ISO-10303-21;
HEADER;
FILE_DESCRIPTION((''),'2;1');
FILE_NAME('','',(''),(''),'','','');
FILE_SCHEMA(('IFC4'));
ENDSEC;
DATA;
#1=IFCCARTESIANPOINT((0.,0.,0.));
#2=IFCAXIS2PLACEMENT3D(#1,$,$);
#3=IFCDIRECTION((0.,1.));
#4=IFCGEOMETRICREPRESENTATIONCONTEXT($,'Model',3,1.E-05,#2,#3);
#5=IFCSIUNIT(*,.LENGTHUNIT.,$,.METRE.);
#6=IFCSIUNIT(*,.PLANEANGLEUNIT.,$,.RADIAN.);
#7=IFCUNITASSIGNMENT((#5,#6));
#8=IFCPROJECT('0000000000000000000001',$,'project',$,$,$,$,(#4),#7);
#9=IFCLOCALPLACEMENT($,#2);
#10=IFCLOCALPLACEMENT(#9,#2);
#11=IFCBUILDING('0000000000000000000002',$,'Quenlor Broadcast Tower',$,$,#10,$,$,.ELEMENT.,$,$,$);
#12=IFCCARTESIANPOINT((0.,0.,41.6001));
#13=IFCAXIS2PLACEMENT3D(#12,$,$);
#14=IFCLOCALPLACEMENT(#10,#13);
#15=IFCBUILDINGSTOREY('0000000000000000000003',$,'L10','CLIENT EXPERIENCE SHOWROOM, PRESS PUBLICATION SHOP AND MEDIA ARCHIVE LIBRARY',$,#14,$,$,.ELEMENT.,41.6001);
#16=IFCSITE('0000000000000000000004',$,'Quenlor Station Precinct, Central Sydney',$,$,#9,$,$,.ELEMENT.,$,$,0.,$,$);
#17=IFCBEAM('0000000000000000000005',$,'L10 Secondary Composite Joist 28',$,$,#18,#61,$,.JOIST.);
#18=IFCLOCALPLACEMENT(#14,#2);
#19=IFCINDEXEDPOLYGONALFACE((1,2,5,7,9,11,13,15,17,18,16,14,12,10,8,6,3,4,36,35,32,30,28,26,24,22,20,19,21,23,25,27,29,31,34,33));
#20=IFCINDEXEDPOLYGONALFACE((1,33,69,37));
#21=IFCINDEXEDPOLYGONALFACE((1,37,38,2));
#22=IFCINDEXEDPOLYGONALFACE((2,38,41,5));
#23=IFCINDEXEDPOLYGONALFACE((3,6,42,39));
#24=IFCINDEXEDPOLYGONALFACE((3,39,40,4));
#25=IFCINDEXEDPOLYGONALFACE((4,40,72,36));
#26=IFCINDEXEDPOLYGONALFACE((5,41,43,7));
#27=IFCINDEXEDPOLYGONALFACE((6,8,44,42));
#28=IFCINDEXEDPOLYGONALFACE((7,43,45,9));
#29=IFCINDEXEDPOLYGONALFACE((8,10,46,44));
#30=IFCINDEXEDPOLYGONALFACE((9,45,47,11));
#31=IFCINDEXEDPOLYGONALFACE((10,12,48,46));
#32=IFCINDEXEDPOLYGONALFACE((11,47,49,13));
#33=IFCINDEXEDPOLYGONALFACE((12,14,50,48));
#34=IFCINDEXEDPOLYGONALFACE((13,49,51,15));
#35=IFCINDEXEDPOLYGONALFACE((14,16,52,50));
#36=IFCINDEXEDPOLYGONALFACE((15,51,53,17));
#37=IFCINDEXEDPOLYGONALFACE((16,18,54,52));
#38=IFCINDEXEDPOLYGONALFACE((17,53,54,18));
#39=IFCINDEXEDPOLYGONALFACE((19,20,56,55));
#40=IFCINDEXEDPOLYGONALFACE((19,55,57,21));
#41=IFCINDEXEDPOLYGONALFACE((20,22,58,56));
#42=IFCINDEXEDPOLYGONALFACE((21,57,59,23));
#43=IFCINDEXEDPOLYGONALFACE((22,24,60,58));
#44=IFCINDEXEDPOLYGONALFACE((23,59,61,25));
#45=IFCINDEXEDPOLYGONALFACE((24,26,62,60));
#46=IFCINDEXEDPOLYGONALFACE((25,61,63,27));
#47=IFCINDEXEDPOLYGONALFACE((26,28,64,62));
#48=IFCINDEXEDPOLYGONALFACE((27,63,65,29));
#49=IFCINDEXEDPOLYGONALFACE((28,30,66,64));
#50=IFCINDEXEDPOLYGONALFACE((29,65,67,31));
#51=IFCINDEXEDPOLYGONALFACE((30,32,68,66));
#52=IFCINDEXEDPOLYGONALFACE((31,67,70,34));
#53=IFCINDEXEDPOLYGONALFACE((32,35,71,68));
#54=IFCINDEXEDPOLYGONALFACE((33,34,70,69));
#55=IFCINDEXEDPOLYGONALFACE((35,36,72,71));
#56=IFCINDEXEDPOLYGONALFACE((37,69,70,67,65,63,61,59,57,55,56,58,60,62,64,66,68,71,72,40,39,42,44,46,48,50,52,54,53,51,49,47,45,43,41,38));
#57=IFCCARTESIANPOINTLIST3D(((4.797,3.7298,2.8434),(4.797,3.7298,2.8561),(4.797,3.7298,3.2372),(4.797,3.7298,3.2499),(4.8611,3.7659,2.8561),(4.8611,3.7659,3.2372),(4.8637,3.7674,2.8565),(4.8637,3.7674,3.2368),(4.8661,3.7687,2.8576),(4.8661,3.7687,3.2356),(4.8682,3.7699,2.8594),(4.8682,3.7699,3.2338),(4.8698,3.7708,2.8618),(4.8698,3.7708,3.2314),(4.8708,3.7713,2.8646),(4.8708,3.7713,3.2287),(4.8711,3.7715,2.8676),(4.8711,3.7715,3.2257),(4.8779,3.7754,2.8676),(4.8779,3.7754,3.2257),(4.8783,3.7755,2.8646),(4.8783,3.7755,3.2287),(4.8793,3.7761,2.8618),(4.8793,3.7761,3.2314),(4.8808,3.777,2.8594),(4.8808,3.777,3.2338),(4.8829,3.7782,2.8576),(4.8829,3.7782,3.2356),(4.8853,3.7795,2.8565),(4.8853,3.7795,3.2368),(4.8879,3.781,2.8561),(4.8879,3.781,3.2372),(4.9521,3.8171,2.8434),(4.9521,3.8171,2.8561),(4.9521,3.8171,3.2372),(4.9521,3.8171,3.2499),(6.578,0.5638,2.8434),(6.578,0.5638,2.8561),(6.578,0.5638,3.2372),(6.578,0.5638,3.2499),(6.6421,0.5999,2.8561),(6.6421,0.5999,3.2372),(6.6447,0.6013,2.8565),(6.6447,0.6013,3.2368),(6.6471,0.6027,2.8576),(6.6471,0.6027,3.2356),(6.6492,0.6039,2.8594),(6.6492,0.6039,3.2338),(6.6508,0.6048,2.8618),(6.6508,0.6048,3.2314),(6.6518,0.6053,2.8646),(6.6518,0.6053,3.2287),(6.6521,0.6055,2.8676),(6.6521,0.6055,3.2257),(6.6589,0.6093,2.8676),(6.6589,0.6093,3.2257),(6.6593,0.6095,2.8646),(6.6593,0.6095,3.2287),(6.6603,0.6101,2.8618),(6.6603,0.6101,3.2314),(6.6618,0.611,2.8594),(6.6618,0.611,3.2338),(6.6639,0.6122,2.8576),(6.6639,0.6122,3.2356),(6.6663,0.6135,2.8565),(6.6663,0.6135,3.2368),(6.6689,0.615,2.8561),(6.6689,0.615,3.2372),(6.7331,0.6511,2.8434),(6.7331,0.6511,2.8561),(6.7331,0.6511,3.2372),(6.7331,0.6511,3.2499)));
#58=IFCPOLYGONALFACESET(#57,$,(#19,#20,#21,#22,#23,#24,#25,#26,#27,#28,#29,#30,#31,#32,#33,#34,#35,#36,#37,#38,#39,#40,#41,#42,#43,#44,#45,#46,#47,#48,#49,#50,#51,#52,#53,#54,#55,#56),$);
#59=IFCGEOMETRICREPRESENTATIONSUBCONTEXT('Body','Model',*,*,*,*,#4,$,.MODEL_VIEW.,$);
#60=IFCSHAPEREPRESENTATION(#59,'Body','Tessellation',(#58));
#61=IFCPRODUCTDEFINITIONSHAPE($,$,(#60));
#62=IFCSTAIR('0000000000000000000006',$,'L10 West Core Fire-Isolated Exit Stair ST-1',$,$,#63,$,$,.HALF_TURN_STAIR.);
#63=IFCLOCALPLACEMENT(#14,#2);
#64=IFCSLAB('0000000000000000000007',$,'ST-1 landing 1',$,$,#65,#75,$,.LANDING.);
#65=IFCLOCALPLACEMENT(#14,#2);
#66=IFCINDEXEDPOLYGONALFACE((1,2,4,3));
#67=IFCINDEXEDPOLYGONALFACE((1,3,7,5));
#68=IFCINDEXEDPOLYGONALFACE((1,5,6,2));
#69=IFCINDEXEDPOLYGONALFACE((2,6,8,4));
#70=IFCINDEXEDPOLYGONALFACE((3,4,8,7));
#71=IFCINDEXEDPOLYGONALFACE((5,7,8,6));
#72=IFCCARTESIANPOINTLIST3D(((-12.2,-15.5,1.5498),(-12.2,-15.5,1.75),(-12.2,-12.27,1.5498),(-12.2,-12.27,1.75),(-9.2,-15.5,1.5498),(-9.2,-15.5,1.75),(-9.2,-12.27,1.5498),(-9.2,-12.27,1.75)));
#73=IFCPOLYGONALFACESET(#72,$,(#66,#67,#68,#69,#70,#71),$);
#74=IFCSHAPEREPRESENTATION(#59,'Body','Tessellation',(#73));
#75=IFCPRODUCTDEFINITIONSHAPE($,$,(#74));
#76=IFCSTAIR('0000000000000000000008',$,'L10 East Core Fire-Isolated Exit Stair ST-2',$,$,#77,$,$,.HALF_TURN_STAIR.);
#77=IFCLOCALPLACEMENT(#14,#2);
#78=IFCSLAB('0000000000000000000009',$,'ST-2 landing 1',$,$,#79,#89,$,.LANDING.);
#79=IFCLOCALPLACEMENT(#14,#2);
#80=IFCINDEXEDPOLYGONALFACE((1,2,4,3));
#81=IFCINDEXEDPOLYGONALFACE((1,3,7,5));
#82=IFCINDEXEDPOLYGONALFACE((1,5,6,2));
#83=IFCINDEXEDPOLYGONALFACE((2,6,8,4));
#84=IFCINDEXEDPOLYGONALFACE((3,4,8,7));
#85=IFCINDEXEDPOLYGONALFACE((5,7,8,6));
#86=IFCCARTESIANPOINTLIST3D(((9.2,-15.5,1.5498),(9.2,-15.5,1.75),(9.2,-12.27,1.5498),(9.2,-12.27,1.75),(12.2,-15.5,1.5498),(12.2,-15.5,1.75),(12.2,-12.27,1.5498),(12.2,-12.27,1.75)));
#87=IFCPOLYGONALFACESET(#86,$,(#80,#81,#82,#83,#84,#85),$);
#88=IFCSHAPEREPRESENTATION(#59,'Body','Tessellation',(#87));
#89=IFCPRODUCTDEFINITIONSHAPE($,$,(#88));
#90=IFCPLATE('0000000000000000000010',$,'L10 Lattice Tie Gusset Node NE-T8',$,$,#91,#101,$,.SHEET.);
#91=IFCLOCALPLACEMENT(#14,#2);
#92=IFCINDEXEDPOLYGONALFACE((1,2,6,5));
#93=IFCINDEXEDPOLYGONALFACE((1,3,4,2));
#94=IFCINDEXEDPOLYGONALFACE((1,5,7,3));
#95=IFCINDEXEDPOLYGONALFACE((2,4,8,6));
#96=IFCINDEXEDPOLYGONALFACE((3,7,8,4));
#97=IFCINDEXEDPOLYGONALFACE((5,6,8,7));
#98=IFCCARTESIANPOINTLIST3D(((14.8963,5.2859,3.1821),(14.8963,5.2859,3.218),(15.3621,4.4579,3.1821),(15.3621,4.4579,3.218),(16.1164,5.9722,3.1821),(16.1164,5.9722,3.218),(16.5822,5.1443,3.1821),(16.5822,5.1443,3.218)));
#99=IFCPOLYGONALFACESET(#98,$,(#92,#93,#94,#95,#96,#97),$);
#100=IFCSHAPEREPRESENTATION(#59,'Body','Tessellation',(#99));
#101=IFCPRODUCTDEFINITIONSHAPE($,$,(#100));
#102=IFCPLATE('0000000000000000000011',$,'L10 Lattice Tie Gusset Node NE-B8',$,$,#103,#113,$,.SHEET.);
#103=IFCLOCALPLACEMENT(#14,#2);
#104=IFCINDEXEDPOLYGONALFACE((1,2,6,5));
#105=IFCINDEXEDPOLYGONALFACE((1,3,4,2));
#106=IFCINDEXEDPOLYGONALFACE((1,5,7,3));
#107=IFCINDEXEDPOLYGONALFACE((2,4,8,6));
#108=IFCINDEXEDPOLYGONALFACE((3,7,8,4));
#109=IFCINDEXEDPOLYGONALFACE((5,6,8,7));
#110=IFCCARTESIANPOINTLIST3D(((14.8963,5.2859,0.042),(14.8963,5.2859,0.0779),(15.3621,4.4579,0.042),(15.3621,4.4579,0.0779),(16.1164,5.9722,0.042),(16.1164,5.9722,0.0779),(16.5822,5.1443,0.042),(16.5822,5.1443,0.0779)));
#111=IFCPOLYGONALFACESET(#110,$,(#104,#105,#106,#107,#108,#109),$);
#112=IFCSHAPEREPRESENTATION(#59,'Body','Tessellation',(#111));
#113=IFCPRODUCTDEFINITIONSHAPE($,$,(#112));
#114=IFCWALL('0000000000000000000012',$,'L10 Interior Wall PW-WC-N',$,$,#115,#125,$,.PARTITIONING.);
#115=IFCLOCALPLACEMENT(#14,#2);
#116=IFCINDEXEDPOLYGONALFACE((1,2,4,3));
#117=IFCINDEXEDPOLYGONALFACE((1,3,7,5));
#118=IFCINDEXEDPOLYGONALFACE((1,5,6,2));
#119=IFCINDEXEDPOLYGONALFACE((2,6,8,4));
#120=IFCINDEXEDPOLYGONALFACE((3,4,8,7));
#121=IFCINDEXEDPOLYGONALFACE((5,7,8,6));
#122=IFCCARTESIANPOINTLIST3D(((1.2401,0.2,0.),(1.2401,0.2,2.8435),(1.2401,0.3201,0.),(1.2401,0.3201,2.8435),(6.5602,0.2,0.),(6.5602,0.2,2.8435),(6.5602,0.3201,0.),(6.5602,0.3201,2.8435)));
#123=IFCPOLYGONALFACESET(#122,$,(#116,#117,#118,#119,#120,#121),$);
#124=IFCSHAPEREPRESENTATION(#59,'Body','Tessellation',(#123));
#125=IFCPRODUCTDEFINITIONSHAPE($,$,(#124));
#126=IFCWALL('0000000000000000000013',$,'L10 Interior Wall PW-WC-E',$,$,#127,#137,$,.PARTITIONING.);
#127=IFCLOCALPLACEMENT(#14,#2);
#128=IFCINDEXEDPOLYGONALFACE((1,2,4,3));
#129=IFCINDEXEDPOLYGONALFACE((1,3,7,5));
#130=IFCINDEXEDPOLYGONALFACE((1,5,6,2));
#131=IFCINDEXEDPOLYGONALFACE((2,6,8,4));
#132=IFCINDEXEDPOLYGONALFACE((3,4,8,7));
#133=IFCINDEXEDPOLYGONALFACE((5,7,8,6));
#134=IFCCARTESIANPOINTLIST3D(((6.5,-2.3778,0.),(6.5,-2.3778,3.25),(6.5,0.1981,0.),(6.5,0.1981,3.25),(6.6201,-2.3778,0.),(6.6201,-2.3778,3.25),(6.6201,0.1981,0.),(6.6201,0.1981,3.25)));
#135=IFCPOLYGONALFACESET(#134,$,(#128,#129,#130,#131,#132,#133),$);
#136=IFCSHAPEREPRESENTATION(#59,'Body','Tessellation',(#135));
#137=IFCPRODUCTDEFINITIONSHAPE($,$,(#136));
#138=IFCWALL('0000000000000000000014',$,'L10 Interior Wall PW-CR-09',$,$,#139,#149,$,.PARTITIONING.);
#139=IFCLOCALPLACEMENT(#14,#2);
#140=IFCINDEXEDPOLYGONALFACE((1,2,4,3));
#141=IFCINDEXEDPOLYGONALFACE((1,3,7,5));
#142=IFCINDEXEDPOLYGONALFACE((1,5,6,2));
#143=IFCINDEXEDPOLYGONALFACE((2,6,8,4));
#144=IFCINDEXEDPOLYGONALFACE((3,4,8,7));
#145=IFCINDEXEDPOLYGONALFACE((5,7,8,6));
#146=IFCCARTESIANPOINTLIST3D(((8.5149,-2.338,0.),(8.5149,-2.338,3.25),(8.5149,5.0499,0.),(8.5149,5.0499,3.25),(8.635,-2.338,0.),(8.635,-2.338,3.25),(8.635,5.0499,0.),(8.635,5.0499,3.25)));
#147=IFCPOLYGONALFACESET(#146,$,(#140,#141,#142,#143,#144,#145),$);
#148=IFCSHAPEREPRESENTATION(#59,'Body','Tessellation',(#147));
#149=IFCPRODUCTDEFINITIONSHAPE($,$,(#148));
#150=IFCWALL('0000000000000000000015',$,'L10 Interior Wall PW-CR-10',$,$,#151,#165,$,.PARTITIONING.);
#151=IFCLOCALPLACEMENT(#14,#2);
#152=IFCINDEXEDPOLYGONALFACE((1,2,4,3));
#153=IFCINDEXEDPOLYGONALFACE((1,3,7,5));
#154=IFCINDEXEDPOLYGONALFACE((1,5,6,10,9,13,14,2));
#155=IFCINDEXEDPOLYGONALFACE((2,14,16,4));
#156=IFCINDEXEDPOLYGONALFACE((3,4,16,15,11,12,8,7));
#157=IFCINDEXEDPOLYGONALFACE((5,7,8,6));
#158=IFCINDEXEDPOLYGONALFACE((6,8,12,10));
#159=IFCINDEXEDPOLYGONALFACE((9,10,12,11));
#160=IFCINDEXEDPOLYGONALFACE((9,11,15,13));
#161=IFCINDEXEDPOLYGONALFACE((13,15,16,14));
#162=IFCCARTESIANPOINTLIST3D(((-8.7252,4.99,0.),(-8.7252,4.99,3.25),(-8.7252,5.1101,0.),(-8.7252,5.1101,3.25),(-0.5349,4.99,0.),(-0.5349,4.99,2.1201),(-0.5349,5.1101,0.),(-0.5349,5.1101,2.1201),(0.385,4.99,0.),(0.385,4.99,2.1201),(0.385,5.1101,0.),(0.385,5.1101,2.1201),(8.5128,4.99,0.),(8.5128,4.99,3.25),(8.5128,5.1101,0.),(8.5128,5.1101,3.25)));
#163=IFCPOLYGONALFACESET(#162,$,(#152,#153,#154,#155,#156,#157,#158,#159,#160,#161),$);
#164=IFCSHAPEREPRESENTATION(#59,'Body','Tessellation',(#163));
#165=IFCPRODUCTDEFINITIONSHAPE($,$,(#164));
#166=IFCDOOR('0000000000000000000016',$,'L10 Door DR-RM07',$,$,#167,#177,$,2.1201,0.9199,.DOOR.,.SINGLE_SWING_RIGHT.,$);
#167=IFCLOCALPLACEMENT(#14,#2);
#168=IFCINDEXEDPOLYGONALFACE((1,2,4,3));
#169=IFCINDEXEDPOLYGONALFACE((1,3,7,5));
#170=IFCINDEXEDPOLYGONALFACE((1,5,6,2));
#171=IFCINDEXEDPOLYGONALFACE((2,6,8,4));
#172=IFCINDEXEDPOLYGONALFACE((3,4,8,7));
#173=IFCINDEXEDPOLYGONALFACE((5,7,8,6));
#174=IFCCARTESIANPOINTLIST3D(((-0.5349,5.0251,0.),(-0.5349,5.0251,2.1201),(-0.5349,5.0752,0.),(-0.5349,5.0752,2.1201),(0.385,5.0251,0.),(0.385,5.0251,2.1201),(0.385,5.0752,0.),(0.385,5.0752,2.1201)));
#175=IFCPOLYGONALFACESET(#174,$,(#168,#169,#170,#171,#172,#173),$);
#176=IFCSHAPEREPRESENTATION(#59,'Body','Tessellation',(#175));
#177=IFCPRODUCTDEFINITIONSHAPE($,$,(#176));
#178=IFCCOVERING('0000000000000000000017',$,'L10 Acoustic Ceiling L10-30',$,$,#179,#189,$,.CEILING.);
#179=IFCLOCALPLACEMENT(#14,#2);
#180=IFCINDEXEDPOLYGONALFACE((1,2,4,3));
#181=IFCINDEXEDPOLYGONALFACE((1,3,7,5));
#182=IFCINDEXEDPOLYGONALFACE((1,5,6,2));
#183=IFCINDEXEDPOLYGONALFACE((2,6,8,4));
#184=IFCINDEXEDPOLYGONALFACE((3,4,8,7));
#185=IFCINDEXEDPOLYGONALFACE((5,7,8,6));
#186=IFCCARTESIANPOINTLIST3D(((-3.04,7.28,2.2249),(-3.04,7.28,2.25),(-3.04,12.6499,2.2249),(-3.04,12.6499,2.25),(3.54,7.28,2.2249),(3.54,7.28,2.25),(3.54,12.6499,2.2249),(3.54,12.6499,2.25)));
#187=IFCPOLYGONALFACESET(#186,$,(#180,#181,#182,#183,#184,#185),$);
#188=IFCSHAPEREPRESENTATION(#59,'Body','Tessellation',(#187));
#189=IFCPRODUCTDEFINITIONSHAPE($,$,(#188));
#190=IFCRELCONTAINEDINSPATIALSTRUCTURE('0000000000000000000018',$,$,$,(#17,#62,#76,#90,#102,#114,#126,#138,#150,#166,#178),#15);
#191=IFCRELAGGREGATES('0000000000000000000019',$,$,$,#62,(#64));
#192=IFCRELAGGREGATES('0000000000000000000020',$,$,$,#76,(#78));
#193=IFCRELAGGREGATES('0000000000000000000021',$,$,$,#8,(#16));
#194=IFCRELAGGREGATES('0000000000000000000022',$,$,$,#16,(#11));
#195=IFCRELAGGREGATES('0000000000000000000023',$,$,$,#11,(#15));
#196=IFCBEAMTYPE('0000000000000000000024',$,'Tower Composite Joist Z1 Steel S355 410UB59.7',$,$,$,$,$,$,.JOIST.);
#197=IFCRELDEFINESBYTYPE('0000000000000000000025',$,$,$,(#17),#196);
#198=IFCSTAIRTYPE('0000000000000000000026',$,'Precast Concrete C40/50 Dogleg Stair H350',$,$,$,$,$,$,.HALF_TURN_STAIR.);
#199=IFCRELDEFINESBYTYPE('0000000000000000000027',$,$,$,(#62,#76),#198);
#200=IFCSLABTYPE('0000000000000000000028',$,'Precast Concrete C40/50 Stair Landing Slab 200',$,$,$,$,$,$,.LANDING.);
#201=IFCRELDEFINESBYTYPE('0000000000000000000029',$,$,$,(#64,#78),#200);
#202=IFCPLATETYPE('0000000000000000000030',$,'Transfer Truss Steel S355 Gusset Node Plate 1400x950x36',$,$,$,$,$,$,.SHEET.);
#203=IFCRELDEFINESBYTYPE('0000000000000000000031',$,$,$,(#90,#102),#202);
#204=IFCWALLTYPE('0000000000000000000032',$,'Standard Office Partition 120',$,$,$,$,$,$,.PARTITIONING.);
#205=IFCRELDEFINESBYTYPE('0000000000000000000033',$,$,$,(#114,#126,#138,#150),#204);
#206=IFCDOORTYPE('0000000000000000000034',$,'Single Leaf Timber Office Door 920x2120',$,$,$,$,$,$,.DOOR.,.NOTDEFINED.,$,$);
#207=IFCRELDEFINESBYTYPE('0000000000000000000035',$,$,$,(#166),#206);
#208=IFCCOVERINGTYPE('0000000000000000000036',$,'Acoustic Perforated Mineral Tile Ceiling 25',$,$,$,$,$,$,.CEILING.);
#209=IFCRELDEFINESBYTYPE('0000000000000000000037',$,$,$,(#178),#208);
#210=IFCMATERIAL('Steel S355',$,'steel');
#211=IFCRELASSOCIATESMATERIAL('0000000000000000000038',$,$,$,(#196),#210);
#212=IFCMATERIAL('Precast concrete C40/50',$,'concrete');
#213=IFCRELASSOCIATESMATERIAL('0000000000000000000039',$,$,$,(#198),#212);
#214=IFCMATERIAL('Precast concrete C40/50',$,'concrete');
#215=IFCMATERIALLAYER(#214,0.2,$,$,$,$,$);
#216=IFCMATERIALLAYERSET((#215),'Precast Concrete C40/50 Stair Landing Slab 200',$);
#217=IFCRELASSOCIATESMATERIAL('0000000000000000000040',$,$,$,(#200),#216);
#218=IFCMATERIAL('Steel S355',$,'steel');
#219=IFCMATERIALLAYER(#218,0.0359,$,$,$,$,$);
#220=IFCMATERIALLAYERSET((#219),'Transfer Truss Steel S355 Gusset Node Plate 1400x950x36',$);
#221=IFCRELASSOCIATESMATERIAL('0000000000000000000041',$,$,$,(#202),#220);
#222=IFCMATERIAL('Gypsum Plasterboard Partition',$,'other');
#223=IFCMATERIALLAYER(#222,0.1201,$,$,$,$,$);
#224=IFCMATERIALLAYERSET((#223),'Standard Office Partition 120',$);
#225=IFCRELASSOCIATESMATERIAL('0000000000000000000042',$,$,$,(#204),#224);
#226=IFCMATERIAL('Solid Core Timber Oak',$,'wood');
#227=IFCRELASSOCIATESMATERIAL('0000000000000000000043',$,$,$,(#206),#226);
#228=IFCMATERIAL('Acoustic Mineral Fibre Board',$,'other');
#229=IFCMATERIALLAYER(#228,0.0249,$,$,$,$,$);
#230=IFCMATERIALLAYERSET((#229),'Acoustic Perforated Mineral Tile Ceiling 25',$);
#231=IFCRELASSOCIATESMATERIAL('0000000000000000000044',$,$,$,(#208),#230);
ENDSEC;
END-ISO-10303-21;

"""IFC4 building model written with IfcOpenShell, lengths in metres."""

from ifc_helpers import new_model, si_unit, direction, frame, frame_2d, origin, origin_2d, place, context, subcontext, project, spatial, polyline, rectangle, i_section, outline, extrude, material, layer, layer_set, material_profile, profile_set, type_object, element, fill, aggregate, save


model = new_model("IFC4")

# Units and contexts
model_context = context("Model", 3, precision=1e-05, world=origin(), true_north=direction((0.0, 1.0)))
body_context = subcontext(model_context, "Body", "Model", "MODEL_VIEW")
ifc_project = project(units=[si_unit("LENGTHUNIT", "METRE"), si_unit("PLANEANGLEUNIT", "RADIAN")], contexts=[model_context])

# Site, building, storey
site_placement = place(None, origin())
site = spatial("IfcSite", under=ifc_project, at=site_placement, Name="Quenlor Station Precinct, Central Sydney", CompositionType="ELEMENT", RefElevation=0.0)
building_placement = place(site_placement, origin())
building = spatial("IfcBuilding", under=site, at=building_placement, Name="Quenlor Broadcast Tower", CompositionType="ELEMENT")
storey_placement = place(building_placement, frame((0.0, 0.0, 41.6001)))
storey = spatial("IfcBuildingStorey", under=building, at=storey_placement, Name="L10", Description="CLIENT EXPERIENCE SHOWROOM, PRESS PUBLICATION SHOP AND MEDIA ARCHIVE LIBRARY", CompositionType="ELEMENT", Elevation=41.6001)

# Beam
ifc_material_1 = material(Name="Steel S355", Category="steel")
ifc_material_profile_1 = material_profile(ifc_material_1, i_section(OverallWidth=0.178, OverallDepth=0.4065, WebThickness=0.0078, FlangeThickness=0.0127, FilletRadius=0.0115, at=origin_2d()))
ifc_profile_set_1 = profile_set([ifc_material_profile_1], Name="Steel S355 410UB59.7")
beam_type = type_object("IfcBeamType", Name="Tower Composite Joist Z1 Steel S355 410UB59.7", PredefinedType="JOIST", material=ifc_profile_set_1)
beam_1_placement = place(storey_placement, frame((4.8745, 3.7734, 3.0466), z_axis=(0.490287, -0.871561, 0.0), x_axis=(0.871561, 0.490287, 0.0)))
element("IfcBeam", 1, at=beam_1_placement, inside=storey, type_object=beam_type, Name="L10 Secondary Composite Joist 28", PredefinedType="JOIST", context=body_context, shape_type="SweptSolid", body=[
    extrude(i_section(OverallWidth=0.178, OverallDepth=0.4065, WebThickness=0.0078, FlangeThickness=0.0127, FilletRadius=0.0115, at=origin_2d()), origin(), (0.0, 0.0, 1.0), 3.6326),
])

# Stairs, slabs
ifc_material_2 = material(Name="Precast concrete C40/50", Category="concrete")
stair_type = type_object("IfcStairType", Name="Precast Concrete C40/50 Dogleg Stair H350", PredefinedType="HALF_TURN_STAIR", material=ifc_material_2)
stair_1_placement = place(storey_placement, origin())
stair_1 = element("IfcStair", 2, at=stair_1_placement, inside=storey, type_object=stair_type, Name="L10 West Core Fire-Isolated Exit Stair ST-1", PredefinedType="HALF_TURN_STAIR")
ifc_material_3 = material(Name="Precast concrete C40/50", Category="concrete")
ifc_layer_1 = layer(ifc_material_3, 0.2)
ifc_layer_set_1 = layer_set([ifc_layer_1], Name="Precast Concrete C40/50 Stair Landing Slab 200")
slab_type = type_object("IfcSlabType", Name="Precast Concrete C40/50 Stair Landing Slab 200", PredefinedType="LANDING", material=ifc_layer_set_1)
slab_1_placement = place(storey_placement, frame((0.0, 0.0, 1.5498)))
slab_1 = element("IfcSlab", 3, at=slab_1_placement, type_object=slab_type, Name="ST-1 landing 1", PredefinedType="LANDING", context=body_context, shape_type="SweptSolid", body=[
    extrude(outline(polyline([(-12.2, -12.27), (-12.2, -15.5), (-9.2, -15.5), (-9.2, -12.27), (-12.2, -12.27)])), origin(), (0.0, 0.0, 1.0), 0.2002),
])
aggregate(stair_1, [slab_1])
stair_2_placement = place(storey_placement, origin())
stair_2 = element("IfcStair", 4, at=stair_2_placement, inside=storey, type_object=stair_type, Name="L10 East Core Fire-Isolated Exit Stair ST-2", PredefinedType="HALF_TURN_STAIR")
slab_2_placement = place(storey_placement, frame((0.0, 0.0, 1.5498)))
slab_2 = element("IfcSlab", 5, at=slab_2_placement, type_object=slab_type, Name="ST-2 landing 1", PredefinedType="LANDING", context=body_context, shape_type="SweptSolid", body=[
    extrude(outline(polyline([(9.2, -12.27), (9.2, -15.5), (12.2, -15.5), (12.2, -12.27), (9.2, -12.27)])), origin(), (0.0, 0.0, 1.0), 0.2002),
])
aggregate(stair_2, [slab_2])

# Plates
ifc_material_4 = material(Name="Steel S355", Category="steel")
ifc_layer_2 = layer(ifc_material_4, 0.0359)
ifc_layer_set_2 = layer_set([ifc_layer_2], Name="Transfer Truss Steel S355 Gusset Node Plate 1400x950x36")
plate_type = type_object("IfcPlateType", Name="Transfer Truss Steel S355 Gusset Node Plate 1400x950x36", PredefinedType="SHEET", material=ifc_layer_set_2)
for number, where, z_axis, x_axis, name in (
    (6, (15.7393, 5.2151, 3.1821), (0.0, 0.0, 1.0), (0.871556, 0.490295, 0.0), "L10 Lattice Tie Gusset Node NE-T8"),
    (7, (15.7393, 5.2151, 0.042), (0.0, 0.0, 1.0), (0.871556, 0.490295, 0.0), "L10 Lattice Tie Gusset Node NE-B8"),
):
    element("IfcPlate", number, at=place(storey_placement, frame(where, z_axis=z_axis, x_axis=x_axis)), inside=storey, type_object=plate_type, Name=name, PredefinedType="SHEET", context=body_context, shape_type="SweptSolid", body=[
        extrude(rectangle(XDim=1.3999, YDim=0.95, at=origin_2d()), origin(), (0.0, 0.0, 1.0), 0.0359),
    ])

# Walls
ifc_material_5 = material(Name="Gypsum Plasterboard Partition", Category="other")
ifc_layer_3 = layer(ifc_material_5, 0.1201)
ifc_layer_set_3 = layer_set([ifc_layer_3], Name="Standard Office Partition 120")
wall_type = type_object("IfcWallType", Name="Standard Office Partition 120", PredefinedType="PARTITIONING", material=ifc_layer_set_3)
wall_1_placement = place(storey_placement, frame((1.24, 0.26, 0.0), z_axis=(0.0, 0.0, 1.0), x_axis=(1.0, 0.0, 0.0)))
element("IfcWall", 8, at=wall_1_placement, inside=storey, type_object=wall_type, Name="L10 Interior Wall PW-WC-N", PredefinedType="PARTITIONING", context=body_context, shape_type="SweptSolid", body=[
    extrude(rectangle(XDim=5.3201, YDim=0.1201, at=frame_2d((2.6602, 0.0))), origin(), (0.0, 0.0, 1.0), 2.8435),
])
wall_2_placement = place(storey_placement, frame((6.5601, -2.3779, 0.0), z_axis=(0.0, 0.0, 1.0), x_axis=(0.0, 1.0, 0.0)))
element("IfcWall", 9, at=wall_2_placement, inside=storey, type_object=wall_type, Name="L10 Interior Wall PW-WC-E", PredefinedType="PARTITIONING", context=body_context, shape_type="SweptSolid", body=[
    extrude(rectangle(XDim=2.5759, YDim=0.1201, at=frame_2d((1.2881, 0.0))), origin(), (0.0, 0.0, 1.0), 3.25),
])
wall_3_placement = place(storey_placement, frame((8.575, -2.3379, 0.0), z_axis=(0.0, 0.0, 1.0), x_axis=(0.0, 1.0, 0.0)))
element("IfcWall", 10, at=wall_3_placement, inside=storey, type_object=wall_type, Name="L10 Interior Wall PW-CR-09", PredefinedType="PARTITIONING", context=body_context, shape_type="SweptSolid", body=[
    extrude(rectangle(XDim=7.3879, YDim=0.1201, at=frame_2d((3.6938, 0.0))), origin(), (0.0, 0.0, 1.0), 3.25),
])

# Wall, opening, door
wall_4_placement = place(storey_placement, frame((8.5129, 5.05, 0.0), z_axis=(0.0, 0.0, 1.0), x_axis=(-1.0, 0.0, 0.0)))
wall_4 = element("IfcWall", 11, at=wall_4_placement, inside=storey, type_object=wall_type, Name="L10 Interior Wall PW-CR-10", PredefinedType="PARTITIONING", context=body_context, shape_type="SweptSolid", body=[
    extrude(rectangle(XDim=17.238, YDim=0.1201, at=frame_2d((8.6191, 0.0))), origin(), (0.0, 0.0, 1.0), 3.25),
])
opening_placement = place(wall_4_placement, frame((8.1279, 0.0, 0.0)))
opening = element("IfcOpeningElement", 12, at=opening_placement, cuts=wall_4, PredefinedType="OPENING", context=body_context, shape_type="SweptSolid", body=[
    extrude(rectangle(XDim=0.9199, YDim=2.1201, at=frame_2d((0.46, 1.0601))), frame((0.0, 0.0701, 0.0), z_axis=(0.0, -1.0, 0.0), x_axis=(1.0, 0.0, 0.0)), (0.0, 0.0, 1.0), 0.1401),
])
ifc_material_6 = material(Name="Solid Core Timber Oak", Category="wood")
door_type = type_object("IfcDoorType", Name="Single Leaf Timber Office Door 920x2120", OperationType="NOTDEFINED", PredefinedType="DOOR", material=ifc_material_6)
door_placement = place(opening_placement, origin())
door = element("IfcDoor", 13, at=door_placement, inside=storey, type_object=door_type, Name="L10 Door DR-RM07", OperationType="SINGLE_SWING_RIGHT", OverallHeight=2.1201, OverallWidth=0.9199, PredefinedType="DOOR", context=body_context, shape_type="SweptSolid", body=[
    extrude(rectangle(XDim=0.9199, YDim=2.1201, at=frame_2d((0.46, 1.0601))), frame((0.0, 0.0249, 0.0), z_axis=(0.0, -1.0, 0.0), x_axis=(1.0, 0.0, 0.0)), (0.0, 0.0, 1.0), 0.05),
])
fill(opening, door)

# Covering
ifc_material_7 = material(Name="Acoustic Mineral Fibre Board", Category="other")
ifc_layer_4 = layer(ifc_material_7, 0.0249)
ifc_layer_set_4 = layer_set([ifc_layer_4], Name="Acoustic Perforated Mineral Tile Ceiling 25")
covering_type_1 = type_object("IfcCoveringType", Name="Acoustic Perforated Mineral Tile Ceiling 25", PredefinedType="CEILING", material=ifc_layer_set_4)
covering_1_placement = place(storey_placement, frame((0.0, 0.0, 2.2249)))
element("IfcCovering", 14, at=covering_1_placement, inside=storey, type_object=covering_type_1, Name="L10 Acoustic Ceiling L10-30", PredefinedType="CEILING", context=body_context, shape_type="SweptSolid", body=[
    extrude(outline(polyline([(-3.04, 12.6499), (3.54, 12.6499), (3.54, 7.28), (-3.04, 7.28), (-3.04, 12.6499)])), origin(), (0.0, 0.0, 1.0), 0.0251),
])

save(model, "model.ifc")
